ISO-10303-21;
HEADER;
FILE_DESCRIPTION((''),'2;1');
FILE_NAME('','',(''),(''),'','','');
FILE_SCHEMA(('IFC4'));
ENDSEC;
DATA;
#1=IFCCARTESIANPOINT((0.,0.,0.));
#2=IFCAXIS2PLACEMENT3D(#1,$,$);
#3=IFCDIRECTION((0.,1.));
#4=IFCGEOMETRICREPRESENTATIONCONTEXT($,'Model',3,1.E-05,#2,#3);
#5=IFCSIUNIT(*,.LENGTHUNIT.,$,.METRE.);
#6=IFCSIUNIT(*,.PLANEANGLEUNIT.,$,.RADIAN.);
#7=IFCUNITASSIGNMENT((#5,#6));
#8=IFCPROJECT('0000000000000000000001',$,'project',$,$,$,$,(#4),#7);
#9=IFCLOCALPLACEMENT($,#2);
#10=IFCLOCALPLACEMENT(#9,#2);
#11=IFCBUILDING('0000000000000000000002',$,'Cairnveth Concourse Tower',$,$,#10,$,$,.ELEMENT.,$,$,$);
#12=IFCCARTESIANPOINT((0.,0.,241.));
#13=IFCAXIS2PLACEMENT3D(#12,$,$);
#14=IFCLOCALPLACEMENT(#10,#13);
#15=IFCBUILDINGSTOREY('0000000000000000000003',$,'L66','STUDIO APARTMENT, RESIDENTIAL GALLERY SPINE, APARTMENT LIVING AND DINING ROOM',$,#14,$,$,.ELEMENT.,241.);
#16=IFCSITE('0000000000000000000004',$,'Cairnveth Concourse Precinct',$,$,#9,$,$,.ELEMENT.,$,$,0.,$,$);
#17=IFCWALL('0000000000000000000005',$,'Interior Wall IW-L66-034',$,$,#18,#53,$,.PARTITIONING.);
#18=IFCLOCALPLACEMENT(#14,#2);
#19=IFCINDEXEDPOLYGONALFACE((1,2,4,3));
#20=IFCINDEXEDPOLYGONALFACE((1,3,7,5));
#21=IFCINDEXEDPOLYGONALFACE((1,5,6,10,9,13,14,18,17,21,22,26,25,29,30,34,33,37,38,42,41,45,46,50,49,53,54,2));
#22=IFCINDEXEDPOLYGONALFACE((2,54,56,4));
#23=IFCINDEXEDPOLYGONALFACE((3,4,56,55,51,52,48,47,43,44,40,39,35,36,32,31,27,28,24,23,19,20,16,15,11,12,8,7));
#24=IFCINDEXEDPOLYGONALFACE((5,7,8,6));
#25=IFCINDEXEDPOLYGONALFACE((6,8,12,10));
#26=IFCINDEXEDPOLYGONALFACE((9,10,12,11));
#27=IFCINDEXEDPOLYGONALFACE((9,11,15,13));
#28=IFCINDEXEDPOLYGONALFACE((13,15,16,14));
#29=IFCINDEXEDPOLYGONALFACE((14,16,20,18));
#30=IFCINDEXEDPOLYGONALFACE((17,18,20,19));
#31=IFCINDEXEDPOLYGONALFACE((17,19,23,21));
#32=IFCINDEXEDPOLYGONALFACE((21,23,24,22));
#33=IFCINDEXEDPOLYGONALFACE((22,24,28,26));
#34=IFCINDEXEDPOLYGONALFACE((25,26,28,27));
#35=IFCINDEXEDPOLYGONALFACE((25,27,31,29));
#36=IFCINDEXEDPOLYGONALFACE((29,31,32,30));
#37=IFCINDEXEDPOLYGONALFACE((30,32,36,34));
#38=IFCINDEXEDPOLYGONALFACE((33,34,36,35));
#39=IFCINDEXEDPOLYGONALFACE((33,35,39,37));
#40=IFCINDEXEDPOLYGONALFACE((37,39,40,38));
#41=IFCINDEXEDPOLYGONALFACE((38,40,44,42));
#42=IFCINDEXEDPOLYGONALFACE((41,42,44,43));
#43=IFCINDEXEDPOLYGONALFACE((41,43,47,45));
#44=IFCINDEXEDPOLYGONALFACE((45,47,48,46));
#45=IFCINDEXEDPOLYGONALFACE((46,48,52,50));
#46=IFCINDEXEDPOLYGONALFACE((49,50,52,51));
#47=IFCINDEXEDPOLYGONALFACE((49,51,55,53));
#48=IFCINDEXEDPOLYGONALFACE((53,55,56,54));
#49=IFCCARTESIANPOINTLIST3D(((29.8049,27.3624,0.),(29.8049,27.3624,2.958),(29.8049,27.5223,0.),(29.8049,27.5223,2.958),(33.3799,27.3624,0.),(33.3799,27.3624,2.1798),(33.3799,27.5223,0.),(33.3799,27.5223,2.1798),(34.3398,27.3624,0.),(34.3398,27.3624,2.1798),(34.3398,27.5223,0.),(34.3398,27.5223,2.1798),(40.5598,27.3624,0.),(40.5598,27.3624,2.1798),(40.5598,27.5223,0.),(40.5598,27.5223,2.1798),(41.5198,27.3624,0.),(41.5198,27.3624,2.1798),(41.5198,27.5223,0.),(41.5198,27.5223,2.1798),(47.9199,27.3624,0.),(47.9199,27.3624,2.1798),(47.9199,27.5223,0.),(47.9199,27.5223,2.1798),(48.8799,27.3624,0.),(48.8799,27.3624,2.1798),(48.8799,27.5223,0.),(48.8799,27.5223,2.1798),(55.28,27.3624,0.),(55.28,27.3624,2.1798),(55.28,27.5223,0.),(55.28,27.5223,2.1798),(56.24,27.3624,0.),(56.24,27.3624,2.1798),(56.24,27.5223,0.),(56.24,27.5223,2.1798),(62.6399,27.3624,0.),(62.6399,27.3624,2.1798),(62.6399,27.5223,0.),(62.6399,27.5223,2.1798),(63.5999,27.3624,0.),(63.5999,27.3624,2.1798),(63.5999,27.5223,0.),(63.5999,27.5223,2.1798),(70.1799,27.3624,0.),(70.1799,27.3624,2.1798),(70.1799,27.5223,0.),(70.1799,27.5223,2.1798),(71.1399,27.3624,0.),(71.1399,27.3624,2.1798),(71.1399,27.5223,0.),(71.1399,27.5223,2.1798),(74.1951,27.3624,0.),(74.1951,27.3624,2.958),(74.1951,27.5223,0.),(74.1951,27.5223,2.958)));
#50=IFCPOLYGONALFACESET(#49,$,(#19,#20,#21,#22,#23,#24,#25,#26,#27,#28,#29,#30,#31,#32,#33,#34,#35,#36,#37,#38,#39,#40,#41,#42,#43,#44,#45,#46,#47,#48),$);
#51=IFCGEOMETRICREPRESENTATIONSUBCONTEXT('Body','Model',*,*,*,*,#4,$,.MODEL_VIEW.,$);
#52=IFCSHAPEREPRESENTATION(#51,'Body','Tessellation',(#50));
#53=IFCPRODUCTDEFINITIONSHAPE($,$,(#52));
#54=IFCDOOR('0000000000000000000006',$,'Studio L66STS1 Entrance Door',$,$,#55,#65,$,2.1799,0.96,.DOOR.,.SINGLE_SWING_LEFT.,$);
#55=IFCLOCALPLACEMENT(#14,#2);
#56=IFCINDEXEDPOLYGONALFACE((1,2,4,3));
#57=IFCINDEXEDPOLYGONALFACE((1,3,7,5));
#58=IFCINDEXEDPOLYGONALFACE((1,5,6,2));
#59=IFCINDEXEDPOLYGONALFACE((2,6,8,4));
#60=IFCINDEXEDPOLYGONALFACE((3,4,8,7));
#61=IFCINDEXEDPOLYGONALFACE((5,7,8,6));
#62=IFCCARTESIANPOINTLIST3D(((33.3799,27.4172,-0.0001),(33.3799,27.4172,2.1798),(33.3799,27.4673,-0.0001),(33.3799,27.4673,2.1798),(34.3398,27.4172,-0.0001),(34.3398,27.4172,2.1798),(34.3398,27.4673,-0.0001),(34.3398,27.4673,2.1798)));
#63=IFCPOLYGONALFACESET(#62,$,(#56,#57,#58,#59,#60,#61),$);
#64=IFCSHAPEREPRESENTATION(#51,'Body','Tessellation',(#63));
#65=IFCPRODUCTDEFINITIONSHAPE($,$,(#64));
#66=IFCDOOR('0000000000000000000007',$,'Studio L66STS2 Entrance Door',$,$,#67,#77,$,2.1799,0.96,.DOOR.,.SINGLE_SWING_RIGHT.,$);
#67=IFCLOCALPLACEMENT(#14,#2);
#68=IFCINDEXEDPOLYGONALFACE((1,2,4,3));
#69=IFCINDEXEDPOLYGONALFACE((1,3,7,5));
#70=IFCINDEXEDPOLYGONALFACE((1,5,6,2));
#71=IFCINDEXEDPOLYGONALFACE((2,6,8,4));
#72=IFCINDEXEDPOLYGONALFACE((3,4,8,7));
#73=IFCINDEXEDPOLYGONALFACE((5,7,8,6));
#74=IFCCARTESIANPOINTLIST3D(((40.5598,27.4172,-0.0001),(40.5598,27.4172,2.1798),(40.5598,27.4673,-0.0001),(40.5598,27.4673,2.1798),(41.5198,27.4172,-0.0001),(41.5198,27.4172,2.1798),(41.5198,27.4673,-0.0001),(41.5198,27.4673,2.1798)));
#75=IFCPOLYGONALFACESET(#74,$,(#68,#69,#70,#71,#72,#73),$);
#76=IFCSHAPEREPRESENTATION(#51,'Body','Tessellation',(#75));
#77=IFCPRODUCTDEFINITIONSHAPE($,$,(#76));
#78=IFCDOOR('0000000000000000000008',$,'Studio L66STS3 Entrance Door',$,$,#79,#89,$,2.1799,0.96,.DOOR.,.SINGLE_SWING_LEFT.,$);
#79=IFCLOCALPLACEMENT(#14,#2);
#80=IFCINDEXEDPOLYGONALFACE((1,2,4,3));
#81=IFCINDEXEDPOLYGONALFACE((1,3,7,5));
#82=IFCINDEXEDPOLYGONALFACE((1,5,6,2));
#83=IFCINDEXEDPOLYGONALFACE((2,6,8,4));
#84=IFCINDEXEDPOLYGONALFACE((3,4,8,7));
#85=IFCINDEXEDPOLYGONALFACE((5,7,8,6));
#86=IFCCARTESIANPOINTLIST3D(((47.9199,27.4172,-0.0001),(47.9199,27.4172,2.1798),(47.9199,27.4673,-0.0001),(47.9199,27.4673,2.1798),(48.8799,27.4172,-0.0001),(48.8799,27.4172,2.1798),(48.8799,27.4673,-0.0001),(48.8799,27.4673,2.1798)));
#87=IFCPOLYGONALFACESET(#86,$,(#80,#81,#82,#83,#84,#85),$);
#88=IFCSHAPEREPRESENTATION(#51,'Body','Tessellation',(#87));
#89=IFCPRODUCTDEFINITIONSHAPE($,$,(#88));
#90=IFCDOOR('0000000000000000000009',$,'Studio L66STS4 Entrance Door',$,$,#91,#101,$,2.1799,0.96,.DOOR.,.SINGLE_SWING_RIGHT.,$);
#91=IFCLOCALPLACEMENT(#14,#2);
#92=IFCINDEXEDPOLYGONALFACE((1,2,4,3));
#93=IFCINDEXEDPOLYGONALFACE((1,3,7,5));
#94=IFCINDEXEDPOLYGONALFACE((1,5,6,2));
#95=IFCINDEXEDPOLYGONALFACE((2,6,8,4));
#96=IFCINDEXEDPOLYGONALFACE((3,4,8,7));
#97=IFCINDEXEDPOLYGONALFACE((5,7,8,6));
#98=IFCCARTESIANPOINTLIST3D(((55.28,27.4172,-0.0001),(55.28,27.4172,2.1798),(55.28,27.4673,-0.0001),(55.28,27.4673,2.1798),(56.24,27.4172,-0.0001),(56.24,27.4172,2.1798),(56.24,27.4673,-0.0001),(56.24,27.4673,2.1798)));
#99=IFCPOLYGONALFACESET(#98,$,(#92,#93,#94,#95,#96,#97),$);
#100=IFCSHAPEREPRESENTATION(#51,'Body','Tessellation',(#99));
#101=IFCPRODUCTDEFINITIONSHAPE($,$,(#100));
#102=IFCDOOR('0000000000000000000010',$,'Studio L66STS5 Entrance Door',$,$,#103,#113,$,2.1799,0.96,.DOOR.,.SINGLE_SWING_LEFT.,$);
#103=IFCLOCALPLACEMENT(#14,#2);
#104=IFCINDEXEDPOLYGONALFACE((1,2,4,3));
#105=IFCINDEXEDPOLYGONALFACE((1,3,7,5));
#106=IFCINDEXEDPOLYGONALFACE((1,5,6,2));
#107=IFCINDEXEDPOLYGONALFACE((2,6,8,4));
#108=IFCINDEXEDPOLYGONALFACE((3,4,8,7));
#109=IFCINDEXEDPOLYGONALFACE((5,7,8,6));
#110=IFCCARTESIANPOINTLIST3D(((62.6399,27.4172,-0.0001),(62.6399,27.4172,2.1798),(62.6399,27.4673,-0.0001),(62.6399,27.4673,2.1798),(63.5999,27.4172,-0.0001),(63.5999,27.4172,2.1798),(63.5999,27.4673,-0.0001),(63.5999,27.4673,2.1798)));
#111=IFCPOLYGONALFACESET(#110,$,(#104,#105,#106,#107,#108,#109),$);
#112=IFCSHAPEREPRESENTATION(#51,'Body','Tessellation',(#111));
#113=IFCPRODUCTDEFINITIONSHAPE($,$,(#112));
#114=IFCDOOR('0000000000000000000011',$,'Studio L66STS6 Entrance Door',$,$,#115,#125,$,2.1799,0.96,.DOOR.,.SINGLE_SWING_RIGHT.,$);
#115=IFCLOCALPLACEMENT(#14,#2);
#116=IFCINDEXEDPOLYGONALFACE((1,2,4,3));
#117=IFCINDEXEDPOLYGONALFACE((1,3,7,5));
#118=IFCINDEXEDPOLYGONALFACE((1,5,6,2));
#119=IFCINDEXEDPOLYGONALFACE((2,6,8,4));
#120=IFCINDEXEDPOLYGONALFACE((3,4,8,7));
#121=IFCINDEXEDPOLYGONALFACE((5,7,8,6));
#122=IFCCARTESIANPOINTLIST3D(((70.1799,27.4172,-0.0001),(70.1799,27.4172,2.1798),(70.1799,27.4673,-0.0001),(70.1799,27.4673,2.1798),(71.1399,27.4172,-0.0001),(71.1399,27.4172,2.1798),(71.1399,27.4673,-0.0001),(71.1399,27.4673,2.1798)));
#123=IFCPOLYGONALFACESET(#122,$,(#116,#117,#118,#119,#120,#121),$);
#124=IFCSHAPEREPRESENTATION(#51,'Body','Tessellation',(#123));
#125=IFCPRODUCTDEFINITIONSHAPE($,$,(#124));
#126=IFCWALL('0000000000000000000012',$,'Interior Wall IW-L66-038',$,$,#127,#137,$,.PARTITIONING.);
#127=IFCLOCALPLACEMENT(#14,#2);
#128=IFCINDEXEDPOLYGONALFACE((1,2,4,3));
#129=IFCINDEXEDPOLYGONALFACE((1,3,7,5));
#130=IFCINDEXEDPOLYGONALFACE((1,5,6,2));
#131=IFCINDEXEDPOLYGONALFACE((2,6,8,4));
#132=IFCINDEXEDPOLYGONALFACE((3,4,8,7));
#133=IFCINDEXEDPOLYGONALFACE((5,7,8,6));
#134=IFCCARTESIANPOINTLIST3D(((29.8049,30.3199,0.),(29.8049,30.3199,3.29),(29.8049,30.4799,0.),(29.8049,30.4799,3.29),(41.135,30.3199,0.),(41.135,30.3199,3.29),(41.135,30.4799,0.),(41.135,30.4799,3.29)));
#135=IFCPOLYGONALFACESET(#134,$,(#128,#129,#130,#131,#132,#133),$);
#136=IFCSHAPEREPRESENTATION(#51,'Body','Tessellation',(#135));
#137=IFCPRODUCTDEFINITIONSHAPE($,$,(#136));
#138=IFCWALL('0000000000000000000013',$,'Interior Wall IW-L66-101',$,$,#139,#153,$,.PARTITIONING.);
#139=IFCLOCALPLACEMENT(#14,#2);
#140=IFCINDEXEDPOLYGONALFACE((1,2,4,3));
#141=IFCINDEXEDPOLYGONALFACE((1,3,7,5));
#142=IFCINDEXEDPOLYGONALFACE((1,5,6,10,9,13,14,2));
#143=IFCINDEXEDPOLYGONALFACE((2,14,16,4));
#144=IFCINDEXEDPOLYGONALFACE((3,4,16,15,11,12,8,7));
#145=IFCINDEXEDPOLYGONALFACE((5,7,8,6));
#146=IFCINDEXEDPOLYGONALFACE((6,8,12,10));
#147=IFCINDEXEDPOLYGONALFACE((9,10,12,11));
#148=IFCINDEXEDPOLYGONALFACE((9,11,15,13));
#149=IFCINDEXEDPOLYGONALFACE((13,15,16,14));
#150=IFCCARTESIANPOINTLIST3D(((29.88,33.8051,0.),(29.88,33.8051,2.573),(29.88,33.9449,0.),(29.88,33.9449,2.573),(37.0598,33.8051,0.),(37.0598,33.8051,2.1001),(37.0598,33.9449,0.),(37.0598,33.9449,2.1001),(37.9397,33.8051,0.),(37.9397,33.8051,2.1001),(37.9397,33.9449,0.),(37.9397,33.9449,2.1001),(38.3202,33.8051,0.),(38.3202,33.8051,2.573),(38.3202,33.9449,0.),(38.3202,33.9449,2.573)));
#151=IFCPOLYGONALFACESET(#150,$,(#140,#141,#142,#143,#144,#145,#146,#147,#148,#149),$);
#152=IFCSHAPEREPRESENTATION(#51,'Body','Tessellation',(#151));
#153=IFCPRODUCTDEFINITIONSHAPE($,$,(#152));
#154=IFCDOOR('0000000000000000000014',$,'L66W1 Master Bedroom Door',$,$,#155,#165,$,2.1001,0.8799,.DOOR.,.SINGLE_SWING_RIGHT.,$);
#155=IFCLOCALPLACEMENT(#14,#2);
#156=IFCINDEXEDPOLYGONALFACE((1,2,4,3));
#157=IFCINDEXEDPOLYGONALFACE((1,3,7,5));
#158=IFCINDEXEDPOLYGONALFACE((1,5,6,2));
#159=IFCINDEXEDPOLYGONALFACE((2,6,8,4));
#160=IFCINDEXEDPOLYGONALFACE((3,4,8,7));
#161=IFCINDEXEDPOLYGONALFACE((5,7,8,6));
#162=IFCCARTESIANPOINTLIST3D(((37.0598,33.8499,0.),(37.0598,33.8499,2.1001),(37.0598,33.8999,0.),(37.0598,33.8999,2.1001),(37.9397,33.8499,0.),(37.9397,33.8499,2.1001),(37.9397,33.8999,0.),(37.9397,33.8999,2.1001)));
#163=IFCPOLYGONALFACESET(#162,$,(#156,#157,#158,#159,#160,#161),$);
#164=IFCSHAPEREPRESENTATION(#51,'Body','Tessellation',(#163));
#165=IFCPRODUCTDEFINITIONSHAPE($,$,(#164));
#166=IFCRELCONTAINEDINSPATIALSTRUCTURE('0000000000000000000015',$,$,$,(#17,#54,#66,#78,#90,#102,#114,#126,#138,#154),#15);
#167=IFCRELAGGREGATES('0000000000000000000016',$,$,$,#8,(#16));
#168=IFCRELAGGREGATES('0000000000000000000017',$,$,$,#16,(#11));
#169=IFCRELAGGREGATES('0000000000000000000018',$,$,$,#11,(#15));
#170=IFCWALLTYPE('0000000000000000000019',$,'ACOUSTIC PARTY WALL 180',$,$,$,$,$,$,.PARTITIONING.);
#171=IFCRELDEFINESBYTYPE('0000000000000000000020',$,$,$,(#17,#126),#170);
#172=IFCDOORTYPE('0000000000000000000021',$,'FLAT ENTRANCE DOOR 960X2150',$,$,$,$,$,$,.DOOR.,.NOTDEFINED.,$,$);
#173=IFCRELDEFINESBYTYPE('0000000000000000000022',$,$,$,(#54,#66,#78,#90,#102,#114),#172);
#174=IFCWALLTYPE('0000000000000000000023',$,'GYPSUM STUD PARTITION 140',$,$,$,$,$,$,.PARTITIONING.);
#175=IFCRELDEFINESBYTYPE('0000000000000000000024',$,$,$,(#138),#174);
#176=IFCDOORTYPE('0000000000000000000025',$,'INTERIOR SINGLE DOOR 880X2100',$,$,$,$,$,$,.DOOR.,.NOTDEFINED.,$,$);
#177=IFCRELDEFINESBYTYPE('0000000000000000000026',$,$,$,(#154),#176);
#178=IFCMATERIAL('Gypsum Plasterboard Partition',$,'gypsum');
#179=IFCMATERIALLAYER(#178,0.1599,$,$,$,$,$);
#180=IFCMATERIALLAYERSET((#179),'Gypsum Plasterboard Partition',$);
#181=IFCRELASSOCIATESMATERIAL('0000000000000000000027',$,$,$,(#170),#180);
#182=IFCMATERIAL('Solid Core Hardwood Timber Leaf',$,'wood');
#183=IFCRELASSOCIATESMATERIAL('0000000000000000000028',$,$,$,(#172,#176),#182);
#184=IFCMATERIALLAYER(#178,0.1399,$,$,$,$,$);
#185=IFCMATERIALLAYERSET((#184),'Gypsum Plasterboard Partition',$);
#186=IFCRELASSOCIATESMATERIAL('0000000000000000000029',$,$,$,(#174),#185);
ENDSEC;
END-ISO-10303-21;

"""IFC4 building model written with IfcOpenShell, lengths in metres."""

from ifc_helpers import new_model, si_unit, direction, frame, frame_2d, origin, place, context, subcontext, project, spatial, rectangle, extrude, material, layer, layer_set, type_object, element, fill, save


model = new_model("IFC4")

# Units and contexts
model_context = context("Model", 3, precision=1e-05, world=origin(), true_north=direction((0.0, 1.0)))
body_context = subcontext(model_context, "Body", "Model", "MODEL_VIEW")
ifc_project = project(units=[si_unit("LENGTHUNIT", "METRE"), si_unit("PLANEANGLEUNIT", "RADIAN")], contexts=[model_context])

# Site, building, storey
site_placement = place(None, origin())
site = spatial("IfcSite", under=ifc_project, at=site_placement, Name="Cairnveth Concourse Precinct", CompositionType="ELEMENT", RefElevation=0.0)
building_placement = place(site_placement, origin())
building = spatial("IfcBuilding", under=site, at=building_placement, Name="Cairnveth Concourse Tower", CompositionType="ELEMENT")
storey_placement = place(building_placement, frame((0.0, 0.0, 241.0)))
storey = spatial("IfcBuildingStorey", under=building, at=storey_placement, Name="L66", Description="STUDIO APARTMENT, RESIDENTIAL GALLERY SPINE, APARTMENT LIVING AND DINING ROOM", CompositionType="ELEMENT", Elevation=241.0)

# Wall, openings, doors
ifc_material_1 = material(Name="Gypsum Plasterboard Partition", Category="gypsum")
ifc_layer_1 = layer(ifc_material_1, 0.1599)
ifc_layer_set_1 = layer_set([ifc_layer_1], Name="Gypsum Plasterboard Partition")
wall_type_1 = type_object("IfcWallType", Name="ACOUSTIC PARTY WALL 180", PredefinedType="PARTITIONING", material=ifc_layer_set_1)
wall_1_placement = place(storey_placement, frame((29.8049, 27.4424, 0.0), z_axis=(0.0, 0.0, 1.0), x_axis=(1.0, 0.0, 0.0)))
wall_1 = element("IfcWall", 1, at=wall_1_placement, inside=storey, type_object=wall_type_1, Name="Interior Wall IW-L66-034", PredefinedType="PARTITIONING", context=body_context, shape_type="SweptSolid", body=[
    extrude(rectangle(XDim=44.3901, YDim=0.1599, at=frame_2d((22.1951, 0.0))), origin(), (0.0, 0.0, 1.0), 2.958),
])
opening_1_placement = place(wall_1_placement, frame((3.575, 0.0, 0.0)))
opening_1 = element("IfcOpeningElement", 2, at=opening_1_placement, cuts=wall_1, PredefinedType="OPENING", context=body_context, shape_type="SweptSolid", body=[
    extrude(rectangle(XDim=0.96, YDim=2.1799, at=frame_2d((0.48, 1.0898))), frame((0.0, 0.0898, 0.0), z_axis=(0.0, -1.0, 0.0), x_axis=(1.0, 0.0, 0.0)), (0.0, 0.0, 1.0), 0.1799),
])
opening_2_placement = place(wall_1_placement, frame((10.7549, 0.0, 0.0)))
opening_2 = element("IfcOpeningElement", 3, at=opening_2_placement, cuts=wall_1, PredefinedType="OPENING", context=body_context, shape_type="SweptSolid", body=[
    extrude(rectangle(XDim=0.96, YDim=2.1799, at=frame_2d((0.48, 1.0898))), frame((0.0, 0.0898, 0.0), z_axis=(0.0, -1.0, 0.0), x_axis=(1.0, 0.0, 0.0)), (0.0, 0.0, 1.0), 0.1799),
])
opening_3_placement = place(wall_1_placement, frame((18.115, 0.0, 0.0)))
opening_3 = element("IfcOpeningElement", 4, at=opening_3_placement, cuts=wall_1, PredefinedType="OPENING", context=body_context, shape_type="SweptSolid", body=[
    extrude(rectangle(XDim=0.96, YDim=2.1799, at=frame_2d((0.48, 1.0898))), frame((0.0, 0.0898, 0.0), z_axis=(0.0, -1.0, 0.0), x_axis=(1.0, 0.0, 0.0)), (0.0, 0.0, 1.0), 0.1799),
])
opening_4_placement = place(wall_1_placement, frame((25.4751, 0.0, 0.0)))
opening_4 = element("IfcOpeningElement", 5, at=opening_4_placement, cuts=wall_1, PredefinedType="OPENING", context=body_context, shape_type="SweptSolid", body=[
    extrude(rectangle(XDim=0.96, YDim=2.1799, at=frame_2d((0.48, 1.0898))), frame((0.0, 0.0898, 0.0), z_axis=(0.0, -1.0, 0.0), x_axis=(1.0, 0.0, 0.0)), (0.0, 0.0, 1.0), 0.1799),
])
opening_5_placement = place(wall_1_placement, frame((32.835, 0.0, 0.0)))
opening_5 = element("IfcOpeningElement", 6, at=opening_5_placement, cuts=wall_1, PredefinedType="OPENING", context=body_context, shape_type="SweptSolid", body=[
    extrude(rectangle(XDim=0.96, YDim=2.1799, at=frame_2d((0.48, 1.0898))), frame((0.0, 0.0898, 0.0), z_axis=(0.0, -1.0, 0.0), x_axis=(1.0, 0.0, 0.0)), (0.0, 0.0, 1.0), 0.1799),
])
opening_6_placement = place(wall_1_placement, frame((40.375, 0.0, 0.0)))
opening_6 = element("IfcOpeningElement", 7, at=opening_6_placement, cuts=wall_1, PredefinedType="OPENING", context=body_context, shape_type="SweptSolid", body=[
    extrude(rectangle(XDim=0.96, YDim=2.1799, at=frame_2d((0.48, 1.0898))), frame((0.0, 0.0898, 0.0), z_axis=(0.0, -1.0, 0.0), x_axis=(1.0, 0.0, 0.0)), (0.0, 0.0, 1.0), 0.1799),
])
ifc_material_2 = material(Name="Solid Core Hardwood Timber Leaf", Category="wood")
door_type_1 = type_object("IfcDoorType", Name="FLAT ENTRANCE DOOR 960X2150", OperationType="NOTDEFINED", PredefinedType="DOOR", material=ifc_material_2)
door_1_placement = place(opening_1_placement, origin())
door_1 = element("IfcDoor", 8, at=door_1_placement, inside=storey, type_object=door_type_1, Name="Studio L66STS1 Entrance Door", OperationType="SINGLE_SWING_LEFT", OverallHeight=2.1799, OverallWidth=0.96, PredefinedType="DOOR", context=body_context, shape_type="SweptSolid", body=[
    extrude(rectangle(XDim=0.96, YDim=2.1799, at=frame_2d((0.48, 1.0898))), frame((0.0, 0.0249, 0.0), z_axis=(0.0, -1.0, 0.0), x_axis=(1.0, 0.0, 0.0)), (0.0, 0.0, 1.0), 0.05),
])
fill(opening_1, door_1)
door_2_placement = place(opening_2_placement, origin())
door_2 = element("IfcDoor", 9, at=door_2_placement, inside=storey, type_object=door_type_1, Name="Studio L66STS2 Entrance Door", OperationType="SINGLE_SWING_RIGHT", OverallHeight=2.1799, OverallWidth=0.96, PredefinedType="DOOR", context=body_context, shape_type="SweptSolid", body=[
    extrude(rectangle(XDim=0.96, YDim=2.1799, at=frame_2d((0.48, 1.0898))), frame((0.0, 0.0249, 0.0), z_axis=(0.0, -1.0, 0.0), x_axis=(1.0, 0.0, 0.0)), (0.0, 0.0, 1.0), 0.05),
])
fill(opening_2, door_2)
door_3_placement = place(opening_3_placement, origin())
door_3 = element("IfcDoor", 10, at=door_3_placement, inside=storey, type_object=door_type_1, Name="Studio L66STS3 Entrance Door", OperationType="SINGLE_SWING_LEFT", OverallHeight=2.1799, OverallWidth=0.96, PredefinedType="DOOR", context=body_context, shape_type="SweptSolid", body=[
    extrude(rectangle(XDim=0.96, YDim=2.1799, at=frame_2d((0.48, 1.0898))), frame((0.0, 0.0249, 0.0), z_axis=(0.0, -1.0, 0.0), x_axis=(1.0, 0.0, 0.0)), (0.0, 0.0, 1.0), 0.05),
])
fill(opening_3, door_3)
door_4_placement = place(opening_4_placement, origin())
door_4 = element("IfcDoor", 11, at=door_4_placement, inside=storey, type_object=door_type_1, Name="Studio L66STS4 Entrance Door", OperationType="SINGLE_SWING_RIGHT", OverallHeight=2.1799, OverallWidth=0.96, PredefinedType="DOOR", context=body_context, shape_type="SweptSolid", body=[
    extrude(rectangle(XDim=0.96, YDim=2.1799, at=frame_2d((0.48, 1.0898))), frame((0.0, 0.0249, 0.0), z_axis=(0.0, -1.0, 0.0), x_axis=(1.0, 0.0, 0.0)), (0.0, 0.0, 1.0), 0.05),
])
fill(opening_4, door_4)
door_5_placement = place(opening_5_placement, origin())
door_5 = element("IfcDoor", 12, at=door_5_placement, inside=storey, type_object=door_type_1, Name="Studio L66STS5 Entrance Door", OperationType="SINGLE_SWING_LEFT", OverallHeight=2.1799, OverallWidth=0.96, PredefinedType="DOOR", context=body_context, shape_type="SweptSolid", body=[
    extrude(rectangle(XDim=0.96, YDim=2.1799, at=frame_2d((0.48, 1.0898))), frame((0.0, 0.0249, 0.0), z_axis=(0.0, -1.0, 0.0), x_axis=(1.0, 0.0, 0.0)), (0.0, 0.0, 1.0), 0.05),
])
fill(opening_5, door_5)
door_6_placement = place(opening_6_placement, origin())
door_6 = element("IfcDoor", 13, at=door_6_placement, inside=storey, type_object=door_type_1, Name="Studio L66STS6 Entrance Door", OperationType="SINGLE_SWING_RIGHT", OverallHeight=2.1799, OverallWidth=0.96, PredefinedType="DOOR", context=body_context, shape_type="SweptSolid", body=[
    extrude(rectangle(XDim=0.96, YDim=2.1799, at=frame_2d((0.48, 1.0898))), frame((0.0, 0.0249, 0.0), z_axis=(0.0, -1.0, 0.0), x_axis=(1.0, 0.0, 0.0)), (0.0, 0.0, 1.0), 0.05),
])
fill(opening_6, door_6)

# Wall
wall_2_placement = place(storey_placement, frame((29.8049, 30.3999, 0.0), z_axis=(0.0, 0.0, 1.0), x_axis=(1.0, 0.0, 0.0)))
element("IfcWall", 14, at=wall_2_placement, inside=storey, type_object=wall_type_1, Name="Interior Wall IW-L66-038", PredefinedType="PARTITIONING", context=body_context, shape_type="SweptSolid", body=[
    extrude(rectangle(XDim=11.3301, YDim=0.1599, at=frame_2d((5.665, 0.0))), origin(), (0.0, 0.0, 1.0), 3.29),
])

# Wall, opening, door
ifc_layer_2 = layer(ifc_material_1, 0.1399)
ifc_layer_set_2 = layer_set([ifc_layer_2], Name="Gypsum Plasterboard Partition")
wall_type_2 = type_object("IfcWallType", Name="GYPSUM STUD PARTITION 140", PredefinedType="PARTITIONING", material=ifc_layer_set_2)
wall_3_placement = place(storey_placement, frame((29.8799, 33.875, 0.0), z_axis=(0.0, 0.0, 1.0), x_axis=(1.0, 0.0, 0.0)))
wall_3 = element("IfcWall", 15, at=wall_3_placement, inside=storey, type_object=wall_type_2, Name="Interior Wall IW-L66-101", PredefinedType="PARTITIONING", context=body_context, shape_type="SweptSolid", body=[
    extrude(rectangle(XDim=8.4402, YDim=0.1399, at=frame_2d((4.2202, 0.0))), origin(), (0.0, 0.0, 1.0), 2.573),
])
opening_7_placement = place(wall_3_placement, frame((7.1799, 0.0, 0.0)))
opening_7 = element("IfcOpeningElement", 16, at=opening_7_placement, cuts=wall_3, PredefinedType="OPENING", context=body_context, shape_type="SweptSolid", body=[
    extrude(rectangle(XDim=0.8799, YDim=2.1001, at=frame_2d((0.4399, 1.05))), frame((0.0, 0.0798, 0.0), z_axis=(0.0, -1.0, 0.0), x_axis=(1.0, 0.0, 0.0)), (0.0, 0.0, 1.0), 0.1599),
])
door_type_2 = type_object("IfcDoorType", Name="INTERIOR SINGLE DOOR 880X2100", OperationType="NOTDEFINED", PredefinedType="DOOR", material=ifc_material_2)
door_7_placement = place(opening_7_placement, origin())
door_7 = element("IfcDoor", 17, at=door_7_placement, inside=storey, type_object=door_type_2, Name="L66W1 Master Bedroom Door", OperationType="SINGLE_SWING_RIGHT", OverallHeight=2.1001, OverallWidth=0.8799, PredefinedType="DOOR", context=body_context, shape_type="SweptSolid", body=[
    extrude(rectangle(XDim=0.8799, YDim=2.1001, at=frame_2d((0.4399, 1.05))), frame((0.0, 0.0249, 0.0), z_axis=(0.0, -1.0, 0.0), x_axis=(1.0, 0.0, 0.0)), (0.0, 0.0, 1.0), 0.05),
])
fill(opening_7, door_7)

save(model, "model.ifc")
